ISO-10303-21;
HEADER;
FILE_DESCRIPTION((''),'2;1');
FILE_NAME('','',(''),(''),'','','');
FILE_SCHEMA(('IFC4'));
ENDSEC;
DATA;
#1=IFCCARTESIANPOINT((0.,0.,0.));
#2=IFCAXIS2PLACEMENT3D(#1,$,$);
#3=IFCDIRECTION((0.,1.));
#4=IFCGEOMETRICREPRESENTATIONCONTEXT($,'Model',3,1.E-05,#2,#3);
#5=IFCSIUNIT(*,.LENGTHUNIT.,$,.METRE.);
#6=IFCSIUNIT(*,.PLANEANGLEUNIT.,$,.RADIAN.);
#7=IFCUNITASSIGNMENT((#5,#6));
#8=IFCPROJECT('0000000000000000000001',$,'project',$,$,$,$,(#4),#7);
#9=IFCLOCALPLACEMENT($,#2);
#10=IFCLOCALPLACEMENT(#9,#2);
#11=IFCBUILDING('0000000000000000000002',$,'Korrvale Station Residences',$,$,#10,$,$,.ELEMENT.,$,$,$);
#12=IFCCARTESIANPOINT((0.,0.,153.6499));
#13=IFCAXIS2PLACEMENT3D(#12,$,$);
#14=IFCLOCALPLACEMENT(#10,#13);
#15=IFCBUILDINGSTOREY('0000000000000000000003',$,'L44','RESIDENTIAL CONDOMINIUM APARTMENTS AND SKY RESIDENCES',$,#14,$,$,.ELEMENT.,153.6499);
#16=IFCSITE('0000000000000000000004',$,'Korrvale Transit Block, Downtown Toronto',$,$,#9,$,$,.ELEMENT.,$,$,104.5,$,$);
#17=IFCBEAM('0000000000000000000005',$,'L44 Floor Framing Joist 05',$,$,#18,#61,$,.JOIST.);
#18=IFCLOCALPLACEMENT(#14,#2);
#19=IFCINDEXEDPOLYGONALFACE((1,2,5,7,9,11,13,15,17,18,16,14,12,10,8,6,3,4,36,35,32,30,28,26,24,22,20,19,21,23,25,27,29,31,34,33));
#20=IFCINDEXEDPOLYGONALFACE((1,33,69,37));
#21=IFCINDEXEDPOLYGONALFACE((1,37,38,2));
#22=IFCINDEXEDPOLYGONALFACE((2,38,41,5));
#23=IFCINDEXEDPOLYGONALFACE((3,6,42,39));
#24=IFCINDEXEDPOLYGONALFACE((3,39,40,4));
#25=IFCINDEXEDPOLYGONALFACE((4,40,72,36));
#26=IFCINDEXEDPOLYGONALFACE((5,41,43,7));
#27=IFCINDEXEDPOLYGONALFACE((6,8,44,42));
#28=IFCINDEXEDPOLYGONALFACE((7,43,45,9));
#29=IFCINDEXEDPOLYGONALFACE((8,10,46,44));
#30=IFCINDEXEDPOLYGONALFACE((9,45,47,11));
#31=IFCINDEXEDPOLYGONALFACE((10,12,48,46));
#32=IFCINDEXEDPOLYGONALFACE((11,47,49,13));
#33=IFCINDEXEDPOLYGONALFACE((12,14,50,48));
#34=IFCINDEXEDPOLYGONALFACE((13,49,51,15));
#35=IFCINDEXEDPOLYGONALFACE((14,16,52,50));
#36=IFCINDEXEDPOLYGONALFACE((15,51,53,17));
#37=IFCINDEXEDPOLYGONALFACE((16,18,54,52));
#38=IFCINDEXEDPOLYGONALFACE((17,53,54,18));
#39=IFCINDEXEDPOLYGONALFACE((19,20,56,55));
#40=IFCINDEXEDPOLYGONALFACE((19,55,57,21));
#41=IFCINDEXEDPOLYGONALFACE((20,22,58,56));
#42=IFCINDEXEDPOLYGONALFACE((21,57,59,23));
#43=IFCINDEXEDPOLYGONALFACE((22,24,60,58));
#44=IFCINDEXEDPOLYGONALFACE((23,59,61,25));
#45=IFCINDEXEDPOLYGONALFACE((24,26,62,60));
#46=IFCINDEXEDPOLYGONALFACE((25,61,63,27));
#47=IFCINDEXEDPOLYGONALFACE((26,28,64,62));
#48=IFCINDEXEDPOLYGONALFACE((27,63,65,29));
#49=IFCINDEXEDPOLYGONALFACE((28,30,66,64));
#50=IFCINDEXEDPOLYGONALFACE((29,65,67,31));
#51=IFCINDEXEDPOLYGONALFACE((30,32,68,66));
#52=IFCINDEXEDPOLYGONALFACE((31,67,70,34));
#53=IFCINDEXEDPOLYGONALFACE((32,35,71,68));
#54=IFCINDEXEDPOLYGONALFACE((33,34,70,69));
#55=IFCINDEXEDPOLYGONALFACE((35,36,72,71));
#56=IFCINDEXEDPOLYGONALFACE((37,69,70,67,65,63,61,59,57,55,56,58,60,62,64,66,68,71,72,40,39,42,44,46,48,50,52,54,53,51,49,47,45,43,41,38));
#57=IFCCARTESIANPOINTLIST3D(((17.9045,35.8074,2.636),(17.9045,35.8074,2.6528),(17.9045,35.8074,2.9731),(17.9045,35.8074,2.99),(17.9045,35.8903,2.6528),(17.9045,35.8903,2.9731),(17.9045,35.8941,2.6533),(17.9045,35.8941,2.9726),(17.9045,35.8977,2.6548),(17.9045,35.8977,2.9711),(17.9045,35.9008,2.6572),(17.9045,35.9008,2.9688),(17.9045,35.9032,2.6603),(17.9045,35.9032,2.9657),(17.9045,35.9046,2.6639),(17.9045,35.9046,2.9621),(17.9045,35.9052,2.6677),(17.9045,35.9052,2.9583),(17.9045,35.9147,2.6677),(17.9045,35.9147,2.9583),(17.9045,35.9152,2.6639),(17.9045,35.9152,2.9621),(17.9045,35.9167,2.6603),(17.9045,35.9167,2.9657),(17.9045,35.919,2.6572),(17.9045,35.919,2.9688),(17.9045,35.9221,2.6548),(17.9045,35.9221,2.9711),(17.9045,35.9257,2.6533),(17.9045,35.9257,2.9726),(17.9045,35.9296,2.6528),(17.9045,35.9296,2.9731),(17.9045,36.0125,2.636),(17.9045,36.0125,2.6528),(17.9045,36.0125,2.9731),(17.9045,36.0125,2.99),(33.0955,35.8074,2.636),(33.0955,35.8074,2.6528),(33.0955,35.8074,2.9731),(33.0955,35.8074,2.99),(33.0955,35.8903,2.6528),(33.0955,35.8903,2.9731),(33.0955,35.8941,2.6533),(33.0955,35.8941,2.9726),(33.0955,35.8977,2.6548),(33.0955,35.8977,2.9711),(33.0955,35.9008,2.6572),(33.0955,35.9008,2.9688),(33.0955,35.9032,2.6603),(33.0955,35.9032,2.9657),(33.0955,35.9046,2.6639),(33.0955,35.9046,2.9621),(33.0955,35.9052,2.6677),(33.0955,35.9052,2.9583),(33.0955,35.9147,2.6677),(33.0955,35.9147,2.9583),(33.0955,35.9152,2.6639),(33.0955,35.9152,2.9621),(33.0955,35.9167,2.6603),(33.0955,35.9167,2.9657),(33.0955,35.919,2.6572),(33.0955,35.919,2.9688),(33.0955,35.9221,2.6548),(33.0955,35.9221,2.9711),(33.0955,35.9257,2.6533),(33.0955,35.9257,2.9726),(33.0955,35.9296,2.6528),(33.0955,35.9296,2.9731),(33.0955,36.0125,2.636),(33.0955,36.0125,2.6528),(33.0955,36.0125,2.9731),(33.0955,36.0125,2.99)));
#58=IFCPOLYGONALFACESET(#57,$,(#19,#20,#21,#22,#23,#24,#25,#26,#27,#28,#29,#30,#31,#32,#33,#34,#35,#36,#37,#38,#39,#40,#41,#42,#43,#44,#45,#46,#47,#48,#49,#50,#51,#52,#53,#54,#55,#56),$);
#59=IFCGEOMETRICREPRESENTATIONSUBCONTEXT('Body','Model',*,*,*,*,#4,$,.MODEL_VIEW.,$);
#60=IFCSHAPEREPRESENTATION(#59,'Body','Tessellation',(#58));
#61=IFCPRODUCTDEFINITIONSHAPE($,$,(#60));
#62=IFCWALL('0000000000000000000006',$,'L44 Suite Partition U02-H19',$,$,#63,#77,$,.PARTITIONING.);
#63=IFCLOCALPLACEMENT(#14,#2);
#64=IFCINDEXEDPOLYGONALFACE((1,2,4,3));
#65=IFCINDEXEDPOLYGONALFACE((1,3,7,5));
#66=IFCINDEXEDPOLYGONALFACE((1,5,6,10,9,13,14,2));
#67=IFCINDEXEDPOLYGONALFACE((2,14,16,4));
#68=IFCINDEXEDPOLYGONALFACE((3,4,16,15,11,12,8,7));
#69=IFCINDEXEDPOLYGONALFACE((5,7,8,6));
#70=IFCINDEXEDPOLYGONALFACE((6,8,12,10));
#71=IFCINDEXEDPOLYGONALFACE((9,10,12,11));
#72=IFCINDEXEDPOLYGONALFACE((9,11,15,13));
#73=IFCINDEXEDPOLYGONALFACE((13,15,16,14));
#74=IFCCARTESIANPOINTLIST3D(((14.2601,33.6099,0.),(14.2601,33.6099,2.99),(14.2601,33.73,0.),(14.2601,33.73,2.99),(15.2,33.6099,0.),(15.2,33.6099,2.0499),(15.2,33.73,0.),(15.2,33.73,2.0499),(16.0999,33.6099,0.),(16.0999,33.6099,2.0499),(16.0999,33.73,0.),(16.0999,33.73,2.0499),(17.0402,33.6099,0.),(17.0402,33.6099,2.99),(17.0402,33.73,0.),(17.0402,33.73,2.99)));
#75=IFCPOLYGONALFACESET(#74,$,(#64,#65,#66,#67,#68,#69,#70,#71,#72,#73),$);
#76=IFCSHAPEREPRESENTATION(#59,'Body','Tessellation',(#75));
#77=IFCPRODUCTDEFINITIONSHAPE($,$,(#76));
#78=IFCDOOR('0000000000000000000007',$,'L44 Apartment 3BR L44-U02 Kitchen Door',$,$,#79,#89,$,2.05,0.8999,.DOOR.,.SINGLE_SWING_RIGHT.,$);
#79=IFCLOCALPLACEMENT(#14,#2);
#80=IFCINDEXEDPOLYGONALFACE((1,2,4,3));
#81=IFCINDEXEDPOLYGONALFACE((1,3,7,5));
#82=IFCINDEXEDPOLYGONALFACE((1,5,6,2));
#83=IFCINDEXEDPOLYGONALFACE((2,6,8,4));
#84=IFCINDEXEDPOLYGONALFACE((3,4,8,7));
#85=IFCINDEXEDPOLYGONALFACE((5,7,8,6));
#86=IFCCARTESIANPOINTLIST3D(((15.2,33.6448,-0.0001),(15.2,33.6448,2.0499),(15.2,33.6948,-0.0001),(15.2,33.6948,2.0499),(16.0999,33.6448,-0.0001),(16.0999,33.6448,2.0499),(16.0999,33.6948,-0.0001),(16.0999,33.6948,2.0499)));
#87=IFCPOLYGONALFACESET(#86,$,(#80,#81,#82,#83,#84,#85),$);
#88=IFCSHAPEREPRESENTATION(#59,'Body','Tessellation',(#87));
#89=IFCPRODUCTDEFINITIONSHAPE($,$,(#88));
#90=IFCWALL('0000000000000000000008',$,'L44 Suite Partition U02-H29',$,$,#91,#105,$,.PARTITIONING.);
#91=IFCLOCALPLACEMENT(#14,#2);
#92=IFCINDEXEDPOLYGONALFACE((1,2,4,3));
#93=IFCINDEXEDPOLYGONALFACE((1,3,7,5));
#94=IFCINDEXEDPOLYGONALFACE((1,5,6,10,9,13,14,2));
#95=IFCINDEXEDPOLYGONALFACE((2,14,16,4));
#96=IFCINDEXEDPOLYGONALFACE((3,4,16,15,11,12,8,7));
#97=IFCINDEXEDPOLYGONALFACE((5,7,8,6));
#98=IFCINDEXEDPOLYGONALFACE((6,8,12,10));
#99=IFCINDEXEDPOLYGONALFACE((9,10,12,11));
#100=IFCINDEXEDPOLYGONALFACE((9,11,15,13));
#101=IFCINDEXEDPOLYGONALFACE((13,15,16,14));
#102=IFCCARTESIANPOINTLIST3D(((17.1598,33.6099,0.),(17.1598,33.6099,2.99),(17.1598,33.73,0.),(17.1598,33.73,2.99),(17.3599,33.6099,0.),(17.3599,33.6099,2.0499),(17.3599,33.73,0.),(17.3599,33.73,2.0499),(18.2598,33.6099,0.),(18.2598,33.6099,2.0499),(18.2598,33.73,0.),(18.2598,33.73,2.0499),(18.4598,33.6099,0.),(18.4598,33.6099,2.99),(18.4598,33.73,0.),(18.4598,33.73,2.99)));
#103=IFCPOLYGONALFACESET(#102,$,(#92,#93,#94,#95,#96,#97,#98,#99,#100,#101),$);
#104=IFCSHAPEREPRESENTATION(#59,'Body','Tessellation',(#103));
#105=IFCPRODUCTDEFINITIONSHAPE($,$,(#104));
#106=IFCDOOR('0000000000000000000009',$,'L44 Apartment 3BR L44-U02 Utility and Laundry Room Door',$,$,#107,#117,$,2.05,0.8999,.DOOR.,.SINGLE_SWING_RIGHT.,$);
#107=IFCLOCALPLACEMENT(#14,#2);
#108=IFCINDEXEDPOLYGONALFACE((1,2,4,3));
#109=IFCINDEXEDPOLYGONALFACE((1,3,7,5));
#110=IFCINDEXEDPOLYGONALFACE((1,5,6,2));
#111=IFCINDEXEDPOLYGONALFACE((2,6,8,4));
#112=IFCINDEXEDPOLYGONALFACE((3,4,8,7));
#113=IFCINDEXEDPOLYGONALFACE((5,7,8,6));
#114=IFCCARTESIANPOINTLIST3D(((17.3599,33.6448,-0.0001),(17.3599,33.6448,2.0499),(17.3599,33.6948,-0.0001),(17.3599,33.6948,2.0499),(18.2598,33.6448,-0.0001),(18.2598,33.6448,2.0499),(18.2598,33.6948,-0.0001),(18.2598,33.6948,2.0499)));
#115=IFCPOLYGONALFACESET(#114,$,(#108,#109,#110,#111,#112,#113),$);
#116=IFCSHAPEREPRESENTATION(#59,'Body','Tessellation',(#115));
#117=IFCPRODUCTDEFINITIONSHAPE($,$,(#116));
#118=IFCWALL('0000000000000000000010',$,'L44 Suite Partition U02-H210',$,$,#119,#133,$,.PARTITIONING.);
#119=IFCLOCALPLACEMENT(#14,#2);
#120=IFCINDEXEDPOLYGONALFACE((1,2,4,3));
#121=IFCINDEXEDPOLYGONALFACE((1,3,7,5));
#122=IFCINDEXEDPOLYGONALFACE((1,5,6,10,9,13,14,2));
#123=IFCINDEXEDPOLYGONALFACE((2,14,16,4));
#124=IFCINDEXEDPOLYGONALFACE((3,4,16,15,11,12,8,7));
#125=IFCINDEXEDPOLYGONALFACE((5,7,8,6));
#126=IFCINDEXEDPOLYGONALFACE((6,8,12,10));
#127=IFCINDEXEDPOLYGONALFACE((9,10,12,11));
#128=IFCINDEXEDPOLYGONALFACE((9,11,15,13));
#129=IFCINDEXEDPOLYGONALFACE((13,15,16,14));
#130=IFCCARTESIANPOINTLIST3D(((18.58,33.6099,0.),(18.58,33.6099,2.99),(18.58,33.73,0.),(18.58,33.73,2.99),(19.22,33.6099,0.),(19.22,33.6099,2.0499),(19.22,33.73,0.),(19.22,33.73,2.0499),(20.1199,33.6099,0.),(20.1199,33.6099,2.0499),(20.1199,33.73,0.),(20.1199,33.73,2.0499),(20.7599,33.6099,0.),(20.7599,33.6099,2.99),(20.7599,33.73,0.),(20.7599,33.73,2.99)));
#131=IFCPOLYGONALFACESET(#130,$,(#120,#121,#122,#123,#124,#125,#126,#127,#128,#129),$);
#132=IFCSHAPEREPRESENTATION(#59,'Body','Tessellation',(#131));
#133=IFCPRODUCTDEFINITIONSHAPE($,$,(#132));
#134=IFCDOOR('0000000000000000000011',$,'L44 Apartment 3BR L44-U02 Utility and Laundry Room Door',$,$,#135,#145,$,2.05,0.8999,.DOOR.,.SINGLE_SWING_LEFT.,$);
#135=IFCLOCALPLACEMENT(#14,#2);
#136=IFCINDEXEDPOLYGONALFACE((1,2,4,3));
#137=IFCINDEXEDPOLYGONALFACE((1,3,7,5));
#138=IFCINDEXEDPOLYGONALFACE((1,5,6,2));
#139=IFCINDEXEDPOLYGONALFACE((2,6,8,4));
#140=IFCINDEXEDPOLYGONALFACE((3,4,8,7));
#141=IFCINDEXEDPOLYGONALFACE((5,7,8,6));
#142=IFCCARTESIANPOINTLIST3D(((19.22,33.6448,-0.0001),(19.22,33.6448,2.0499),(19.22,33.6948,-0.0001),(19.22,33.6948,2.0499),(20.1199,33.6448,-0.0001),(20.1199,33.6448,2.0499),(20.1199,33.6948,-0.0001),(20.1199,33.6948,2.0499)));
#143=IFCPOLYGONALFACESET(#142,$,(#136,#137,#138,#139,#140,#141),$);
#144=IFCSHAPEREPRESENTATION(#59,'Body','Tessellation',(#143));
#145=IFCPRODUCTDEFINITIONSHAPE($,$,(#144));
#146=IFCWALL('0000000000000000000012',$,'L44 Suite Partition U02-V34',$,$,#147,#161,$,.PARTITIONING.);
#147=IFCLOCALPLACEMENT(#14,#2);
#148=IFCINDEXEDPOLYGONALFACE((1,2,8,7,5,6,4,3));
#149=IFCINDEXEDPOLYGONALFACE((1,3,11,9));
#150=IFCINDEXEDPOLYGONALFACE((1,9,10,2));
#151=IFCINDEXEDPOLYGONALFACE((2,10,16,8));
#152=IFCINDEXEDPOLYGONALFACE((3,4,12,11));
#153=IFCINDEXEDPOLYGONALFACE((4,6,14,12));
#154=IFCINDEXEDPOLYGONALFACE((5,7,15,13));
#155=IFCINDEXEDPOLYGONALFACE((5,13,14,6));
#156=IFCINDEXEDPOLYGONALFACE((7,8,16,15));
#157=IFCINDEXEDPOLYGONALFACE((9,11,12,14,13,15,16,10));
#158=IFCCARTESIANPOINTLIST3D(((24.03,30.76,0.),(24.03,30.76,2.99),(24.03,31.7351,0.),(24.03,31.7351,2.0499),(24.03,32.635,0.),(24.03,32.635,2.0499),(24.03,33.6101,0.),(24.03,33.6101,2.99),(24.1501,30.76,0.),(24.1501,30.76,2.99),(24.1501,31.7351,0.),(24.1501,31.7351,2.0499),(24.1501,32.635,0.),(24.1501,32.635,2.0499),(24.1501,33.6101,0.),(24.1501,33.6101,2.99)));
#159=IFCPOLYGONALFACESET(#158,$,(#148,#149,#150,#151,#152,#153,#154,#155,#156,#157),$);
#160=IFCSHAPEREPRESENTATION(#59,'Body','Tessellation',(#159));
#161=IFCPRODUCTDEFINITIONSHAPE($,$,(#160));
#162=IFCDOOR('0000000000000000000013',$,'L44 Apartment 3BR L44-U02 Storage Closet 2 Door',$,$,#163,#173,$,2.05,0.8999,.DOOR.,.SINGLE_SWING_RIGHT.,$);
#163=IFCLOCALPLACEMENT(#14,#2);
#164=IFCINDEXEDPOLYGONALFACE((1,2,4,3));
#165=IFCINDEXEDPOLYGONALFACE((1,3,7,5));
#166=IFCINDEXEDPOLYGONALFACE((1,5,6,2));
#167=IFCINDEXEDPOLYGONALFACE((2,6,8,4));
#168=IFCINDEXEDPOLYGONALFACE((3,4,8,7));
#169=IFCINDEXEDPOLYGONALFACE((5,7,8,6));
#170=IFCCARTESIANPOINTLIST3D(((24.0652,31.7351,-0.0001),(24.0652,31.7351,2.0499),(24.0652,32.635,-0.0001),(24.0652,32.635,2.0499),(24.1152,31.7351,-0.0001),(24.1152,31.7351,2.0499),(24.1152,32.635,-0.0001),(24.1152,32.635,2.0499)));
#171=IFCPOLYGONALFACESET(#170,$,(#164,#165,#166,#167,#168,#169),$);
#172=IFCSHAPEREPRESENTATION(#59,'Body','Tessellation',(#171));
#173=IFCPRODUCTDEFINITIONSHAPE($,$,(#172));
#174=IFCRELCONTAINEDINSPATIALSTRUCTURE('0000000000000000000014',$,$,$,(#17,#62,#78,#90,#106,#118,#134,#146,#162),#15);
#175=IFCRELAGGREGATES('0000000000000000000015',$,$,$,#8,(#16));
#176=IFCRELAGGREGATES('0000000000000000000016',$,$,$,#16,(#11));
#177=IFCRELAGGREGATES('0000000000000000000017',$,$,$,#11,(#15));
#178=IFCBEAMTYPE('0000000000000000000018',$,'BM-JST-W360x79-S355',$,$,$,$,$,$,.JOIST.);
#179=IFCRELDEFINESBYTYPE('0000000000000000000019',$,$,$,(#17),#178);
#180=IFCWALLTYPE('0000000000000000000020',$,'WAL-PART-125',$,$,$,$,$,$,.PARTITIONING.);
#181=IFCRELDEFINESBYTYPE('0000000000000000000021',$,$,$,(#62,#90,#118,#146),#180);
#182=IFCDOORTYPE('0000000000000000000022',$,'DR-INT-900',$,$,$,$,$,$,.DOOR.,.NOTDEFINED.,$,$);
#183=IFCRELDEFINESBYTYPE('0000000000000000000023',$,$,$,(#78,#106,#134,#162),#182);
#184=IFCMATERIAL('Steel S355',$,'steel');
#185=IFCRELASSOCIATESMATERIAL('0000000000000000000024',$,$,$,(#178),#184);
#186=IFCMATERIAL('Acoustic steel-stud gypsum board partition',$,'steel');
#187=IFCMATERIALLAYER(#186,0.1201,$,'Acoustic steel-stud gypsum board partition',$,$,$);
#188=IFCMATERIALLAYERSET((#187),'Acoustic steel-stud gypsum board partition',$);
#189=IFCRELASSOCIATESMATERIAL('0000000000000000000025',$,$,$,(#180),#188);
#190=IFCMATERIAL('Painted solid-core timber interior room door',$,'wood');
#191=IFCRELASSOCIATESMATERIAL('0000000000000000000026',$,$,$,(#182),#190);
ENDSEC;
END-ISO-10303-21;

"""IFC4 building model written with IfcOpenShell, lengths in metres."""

from ifc_helpers import new_model, si_unit, direction, frame, frame_2d, origin, origin_2d, place, context, subcontext, project, spatial, rectangle, i_section, extrude, material, layer, layer_set, material_profile, profile_set, type_object, element, fill, save


model = new_model("IFC4")

# Units and contexts
model_context = context("Model", 3, precision=1e-05, world=origin(), true_north=direction((0.0, 1.0)))
body_context = subcontext(model_context, "Body", "Model", "MODEL_VIEW")
ifc_project = project(units=[si_unit("LENGTHUNIT", "METRE"), si_unit("PLANEANGLEUNIT", "RADIAN")], contexts=[model_context])

# Site, building, storey
site_placement = place(None, origin())
site = spatial("IfcSite", under=ifc_project, at=site_placement, Name="Korrvale Transit Block, Downtown Toronto", CompositionType="ELEMENT", RefElevation=104.5)
building_placement = place(site_placement, origin())
building = spatial("IfcBuilding", under=site, at=building_placement, Name="Korrvale Station Residences", CompositionType="ELEMENT")
storey_placement = place(building_placement, frame((0.0, 0.0, 153.6499)))
storey = spatial("IfcBuildingStorey", under=building, at=storey_placement, Name="L44", Description="RESIDENTIAL CONDOMINIUM APARTMENTS AND SKY RESIDENCES", CompositionType="ELEMENT", Elevation=153.6499)

# Beam
ifc_material_1 = material(Name="Steel S355", Category="steel")
ifc_material_profile = material_profile(ifc_material_1, i_section(OverallWidth=0.2051, OverallDepth=0.354, WebThickness=0.0095, FlangeThickness=0.0168, FilletRadius=0.0149, at=origin_2d()), Name="W360x79")
ifc_profile_set = profile_set([ifc_material_profile], Name="Steel S355")
beam_type = type_object("IfcBeamType", Name="BM-JST-W360x79-S355", PredefinedType="JOIST", material=ifc_profile_set)
beam_placement = place(storey_placement, frame((17.9045, 35.9099, 2.813), z_axis=(1.0, 0.0, 0.0), x_axis=(0.0, 1.0, 0.0)))
element("IfcBeam", 1, at=beam_placement, inside=storey, type_object=beam_type, Name="L44 Floor Framing Joist 05", PredefinedType="JOIST", context=body_context, shape_type="SweptSolid", body=[
    extrude(i_section(OverallWidth=0.2051, OverallDepth=0.354, WebThickness=0.0095, FlangeThickness=0.0168, FilletRadius=0.0149, at=origin_2d()), origin(), (0.0, 0.0, 1.0), 15.1909),
])

# Walls, openings, doors
ifc_material_2 = material(Name="Acoustic steel-stud gypsum board partition", Category="steel")
ifc_layer = layer(ifc_material_2, 0.1201, Name="Acoustic steel-stud gypsum board partition")
ifc_layer_set = layer_set([ifc_layer], Name="Acoustic steel-stud gypsum board partition")
wall_type = type_object("IfcWallType", Name="WAL-PART-125", PredefinedType="PARTITIONING", material=ifc_layer_set)
wall_1_placement = place(storey_placement, frame((14.26, 33.6699, 0.0), z_axis=(0.0, 0.0, 1.0), x_axis=(1.0, 0.0, 0.0)))
wall_1 = element("IfcWall", 2, at=wall_1_placement, inside=storey, type_object=wall_type, Name="L44 Suite Partition U02-H19", PredefinedType="PARTITIONING", context=body_context, shape_type="SweptSolid", body=[
    extrude(rectangle(XDim=2.78, YDim=0.1201, at=frame_2d((1.3901, 0.0))), origin(), (0.0, 0.0, 1.0), 2.99),
])
opening_1_placement = place(wall_1_placement, frame((0.9399, 0.0, 0.0)))
opening_1 = element("IfcOpeningElement", 3, at=opening_1_placement, cuts=wall_1, PredefinedType="OPENING", context=body_context, shape_type="SweptSolid", body=[
    extrude(rectangle(XDim=0.8999, YDim=2.05, at=frame_2d((0.45, 1.0249))), frame((0.0, 0.0701, 0.0), z_axis=(0.0, -1.0, 0.0), x_axis=(1.0, 0.0, 0.0)), (0.0, 0.0, 1.0), 0.1401),
])
ifc_material_3 = material(Name="Painted solid-core timber interior room door", Category="wood")
door_type = type_object("IfcDoorType", Name="DR-INT-900", OperationType="NOTDEFINED", PredefinedType="DOOR", material=ifc_material_3)
door_1_placement = place(opening_1_placement, origin())
door_1 = element("IfcDoor", 4, at=door_1_placement, inside=storey, type_object=door_type, Name="L44 Apartment 3BR L44-U02 Kitchen Door", OperationType="SINGLE_SWING_RIGHT", OverallHeight=2.05, OverallWidth=0.8999, PredefinedType="DOOR", context=body_context, shape_type="SweptSolid", body=[
    extrude(rectangle(XDim=0.8999, YDim=2.05, at=frame_2d((0.45, 1.0249))), frame((0.0, 0.0249, 0.0), z_axis=(0.0, -1.0, 0.0), x_axis=(1.0, 0.0, 0.0)), (0.0, 0.0, 1.0), 0.05),
])
fill(opening_1, door_1)
wall_2_placement = place(storey_placement, frame((17.1599, 33.6699, 0.0), z_axis=(0.0, 0.0, 1.0), x_axis=(1.0, 0.0, 0.0)))
wall_2 = element("IfcWall", 5, at=wall_2_placement, inside=storey, type_object=wall_type, Name="L44 Suite Partition U02-H29", PredefinedType="PARTITIONING", context=body_context, shape_type="SweptSolid", body=[
    extrude(rectangle(XDim=1.3, YDim=0.1201, at=frame_2d((0.6499, 0.0))), origin(), (0.0, 0.0, 1.0), 2.99),
])
opening_2_placement = place(wall_2_placement, frame((0.2, 0.0, 0.0)))
opening_2 = element("IfcOpeningElement", 6, at=opening_2_placement, cuts=wall_2, PredefinedType="OPENING", context=body_context, shape_type="SweptSolid", body=[
    extrude(rectangle(XDim=0.8999, YDim=2.05, at=frame_2d((0.45, 1.0249))), frame((0.0, 0.0701, 0.0), z_axis=(0.0, -1.0, 0.0), x_axis=(1.0, 0.0, 0.0)), (0.0, 0.0, 1.0), 0.1401),
])
door_2_placement = place(opening_2_placement, origin())
door_2 = element("IfcDoor", 7, at=door_2_placement, inside=storey, type_object=door_type, Name="L44 Apartment 3BR L44-U02 Utility and Laundry Room Door", OperationType="SINGLE_SWING_RIGHT", OverallHeight=2.05, OverallWidth=0.8999, PredefinedType="DOOR", context=body_context, shape_type="SweptSolid", body=[
    extrude(rectangle(XDim=0.8999, YDim=2.05, at=frame_2d((0.45, 1.0249))), frame((0.0, 0.0249, 0.0), z_axis=(0.0, -1.0, 0.0), x_axis=(1.0, 0.0, 0.0)), (0.0, 0.0, 1.0), 0.05),
])
fill(opening_2, door_2)
wall_3_placement = place(storey_placement, frame((18.5801, 33.6699, 0.0), z_axis=(0.0, 0.0, 1.0), x_axis=(1.0, 0.0, 0.0)))
wall_3 = element("IfcWall", 8, at=wall_3_placement, inside=storey, type_object=wall_type, Name="L44 Suite Partition U02-H210", PredefinedType="PARTITIONING", context=body_context, shape_type="SweptSolid", body=[
    extrude(rectangle(XDim=2.1799, YDim=0.1201, at=frame_2d((1.0898, 0.0))), origin(), (0.0, 0.0, 1.0), 2.99),
])
opening_3_placement = place(wall_3_placement, frame((0.6399, 0.0, 0.0)))
opening_3 = element("IfcOpeningElement", 9, at=opening_3_placement, cuts=wall_3, PredefinedType="OPENING", context=body_context, shape_type="SweptSolid", body=[
    extrude(rectangle(XDim=0.8999, YDim=2.05, at=frame_2d((0.45, 1.0249))), frame((0.0, 0.0701, 0.0), z_axis=(0.0, -1.0, 0.0), x_axis=(1.0, 0.0, 0.0)), (0.0, 0.0, 1.0), 0.1401),
])
door_3_placement = place(opening_3_placement, origin())
door_3 = element("IfcDoor", 10, at=door_3_placement, inside=storey, type_object=door_type, Name="L44 Apartment 3BR L44-U02 Utility and Laundry Room Door", OperationType="SINGLE_SWING_LEFT", OverallHeight=2.05, OverallWidth=0.8999, PredefinedType="DOOR", context=body_context, shape_type="SweptSolid", body=[
    extrude(rectangle(XDim=0.8999, YDim=2.05, at=frame_2d((0.45, 1.0249))), frame((0.0, 0.0249, 0.0), z_axis=(0.0, -1.0, 0.0), x_axis=(1.0, 0.0, 0.0)), (0.0, 0.0, 1.0), 0.05),
])
fill(opening_3, door_3)
wall_4_placement = place(storey_placement, frame((24.0901, 30.76, 0.0), z_axis=(0.0, 0.0, 1.0), x_axis=(0.0, 1.0, 0.0)))
wall_4 = element("IfcWall", 11, at=wall_4_placement, inside=storey, type_object=wall_type, Name="L44 Suite Partition U02-V34", PredefinedType="PARTITIONING", context=body_context, shape_type="SweptSolid", body=[
    extrude(rectangle(XDim=2.8501, YDim=0.1201, at=frame_2d((1.425, 0.0))), origin(), (0.0, 0.0, 1.0), 2.99),
])
opening_4_placement = place(wall_4_placement, frame((0.9751, 0.0, 0.0)))
opening_4 = element("IfcOpeningElement", 12, at=opening_4_placement, cuts=wall_4, PredefinedType="OPENING", context=body_context, shape_type="SweptSolid", body=[
    extrude(rectangle(XDim=0.8999, YDim=2.05, at=frame_2d((0.45, 1.0249))), frame((0.0, 0.0701, 0.0), z_axis=(0.0, -1.0, 0.0), x_axis=(1.0, 0.0, 0.0)), (0.0, 0.0, 1.0), 0.1401),
])
door_4_placement = place(opening_4_placement, origin())
door_4 = element("IfcDoor", 13, at=door_4_placement, inside=storey, type_object=door_type, Name="L44 Apartment 3BR L44-U02 Storage Closet 2 Door", OperationType="SINGLE_SWING_RIGHT", OverallHeight=2.05, OverallWidth=0.8999, PredefinedType="DOOR", context=body_context, shape_type="SweptSolid", body=[
    extrude(rectangle(XDim=0.8999, YDim=2.05, at=frame_2d((0.45, 1.0249))), frame((0.0, 0.0249, 0.0), z_axis=(0.0, -1.0, 0.0), x_axis=(1.0, 0.0, 0.0)), (0.0, 0.0, 1.0), 0.05),
])
fill(opening_4, door_4)

save(model, "model.ifc")
